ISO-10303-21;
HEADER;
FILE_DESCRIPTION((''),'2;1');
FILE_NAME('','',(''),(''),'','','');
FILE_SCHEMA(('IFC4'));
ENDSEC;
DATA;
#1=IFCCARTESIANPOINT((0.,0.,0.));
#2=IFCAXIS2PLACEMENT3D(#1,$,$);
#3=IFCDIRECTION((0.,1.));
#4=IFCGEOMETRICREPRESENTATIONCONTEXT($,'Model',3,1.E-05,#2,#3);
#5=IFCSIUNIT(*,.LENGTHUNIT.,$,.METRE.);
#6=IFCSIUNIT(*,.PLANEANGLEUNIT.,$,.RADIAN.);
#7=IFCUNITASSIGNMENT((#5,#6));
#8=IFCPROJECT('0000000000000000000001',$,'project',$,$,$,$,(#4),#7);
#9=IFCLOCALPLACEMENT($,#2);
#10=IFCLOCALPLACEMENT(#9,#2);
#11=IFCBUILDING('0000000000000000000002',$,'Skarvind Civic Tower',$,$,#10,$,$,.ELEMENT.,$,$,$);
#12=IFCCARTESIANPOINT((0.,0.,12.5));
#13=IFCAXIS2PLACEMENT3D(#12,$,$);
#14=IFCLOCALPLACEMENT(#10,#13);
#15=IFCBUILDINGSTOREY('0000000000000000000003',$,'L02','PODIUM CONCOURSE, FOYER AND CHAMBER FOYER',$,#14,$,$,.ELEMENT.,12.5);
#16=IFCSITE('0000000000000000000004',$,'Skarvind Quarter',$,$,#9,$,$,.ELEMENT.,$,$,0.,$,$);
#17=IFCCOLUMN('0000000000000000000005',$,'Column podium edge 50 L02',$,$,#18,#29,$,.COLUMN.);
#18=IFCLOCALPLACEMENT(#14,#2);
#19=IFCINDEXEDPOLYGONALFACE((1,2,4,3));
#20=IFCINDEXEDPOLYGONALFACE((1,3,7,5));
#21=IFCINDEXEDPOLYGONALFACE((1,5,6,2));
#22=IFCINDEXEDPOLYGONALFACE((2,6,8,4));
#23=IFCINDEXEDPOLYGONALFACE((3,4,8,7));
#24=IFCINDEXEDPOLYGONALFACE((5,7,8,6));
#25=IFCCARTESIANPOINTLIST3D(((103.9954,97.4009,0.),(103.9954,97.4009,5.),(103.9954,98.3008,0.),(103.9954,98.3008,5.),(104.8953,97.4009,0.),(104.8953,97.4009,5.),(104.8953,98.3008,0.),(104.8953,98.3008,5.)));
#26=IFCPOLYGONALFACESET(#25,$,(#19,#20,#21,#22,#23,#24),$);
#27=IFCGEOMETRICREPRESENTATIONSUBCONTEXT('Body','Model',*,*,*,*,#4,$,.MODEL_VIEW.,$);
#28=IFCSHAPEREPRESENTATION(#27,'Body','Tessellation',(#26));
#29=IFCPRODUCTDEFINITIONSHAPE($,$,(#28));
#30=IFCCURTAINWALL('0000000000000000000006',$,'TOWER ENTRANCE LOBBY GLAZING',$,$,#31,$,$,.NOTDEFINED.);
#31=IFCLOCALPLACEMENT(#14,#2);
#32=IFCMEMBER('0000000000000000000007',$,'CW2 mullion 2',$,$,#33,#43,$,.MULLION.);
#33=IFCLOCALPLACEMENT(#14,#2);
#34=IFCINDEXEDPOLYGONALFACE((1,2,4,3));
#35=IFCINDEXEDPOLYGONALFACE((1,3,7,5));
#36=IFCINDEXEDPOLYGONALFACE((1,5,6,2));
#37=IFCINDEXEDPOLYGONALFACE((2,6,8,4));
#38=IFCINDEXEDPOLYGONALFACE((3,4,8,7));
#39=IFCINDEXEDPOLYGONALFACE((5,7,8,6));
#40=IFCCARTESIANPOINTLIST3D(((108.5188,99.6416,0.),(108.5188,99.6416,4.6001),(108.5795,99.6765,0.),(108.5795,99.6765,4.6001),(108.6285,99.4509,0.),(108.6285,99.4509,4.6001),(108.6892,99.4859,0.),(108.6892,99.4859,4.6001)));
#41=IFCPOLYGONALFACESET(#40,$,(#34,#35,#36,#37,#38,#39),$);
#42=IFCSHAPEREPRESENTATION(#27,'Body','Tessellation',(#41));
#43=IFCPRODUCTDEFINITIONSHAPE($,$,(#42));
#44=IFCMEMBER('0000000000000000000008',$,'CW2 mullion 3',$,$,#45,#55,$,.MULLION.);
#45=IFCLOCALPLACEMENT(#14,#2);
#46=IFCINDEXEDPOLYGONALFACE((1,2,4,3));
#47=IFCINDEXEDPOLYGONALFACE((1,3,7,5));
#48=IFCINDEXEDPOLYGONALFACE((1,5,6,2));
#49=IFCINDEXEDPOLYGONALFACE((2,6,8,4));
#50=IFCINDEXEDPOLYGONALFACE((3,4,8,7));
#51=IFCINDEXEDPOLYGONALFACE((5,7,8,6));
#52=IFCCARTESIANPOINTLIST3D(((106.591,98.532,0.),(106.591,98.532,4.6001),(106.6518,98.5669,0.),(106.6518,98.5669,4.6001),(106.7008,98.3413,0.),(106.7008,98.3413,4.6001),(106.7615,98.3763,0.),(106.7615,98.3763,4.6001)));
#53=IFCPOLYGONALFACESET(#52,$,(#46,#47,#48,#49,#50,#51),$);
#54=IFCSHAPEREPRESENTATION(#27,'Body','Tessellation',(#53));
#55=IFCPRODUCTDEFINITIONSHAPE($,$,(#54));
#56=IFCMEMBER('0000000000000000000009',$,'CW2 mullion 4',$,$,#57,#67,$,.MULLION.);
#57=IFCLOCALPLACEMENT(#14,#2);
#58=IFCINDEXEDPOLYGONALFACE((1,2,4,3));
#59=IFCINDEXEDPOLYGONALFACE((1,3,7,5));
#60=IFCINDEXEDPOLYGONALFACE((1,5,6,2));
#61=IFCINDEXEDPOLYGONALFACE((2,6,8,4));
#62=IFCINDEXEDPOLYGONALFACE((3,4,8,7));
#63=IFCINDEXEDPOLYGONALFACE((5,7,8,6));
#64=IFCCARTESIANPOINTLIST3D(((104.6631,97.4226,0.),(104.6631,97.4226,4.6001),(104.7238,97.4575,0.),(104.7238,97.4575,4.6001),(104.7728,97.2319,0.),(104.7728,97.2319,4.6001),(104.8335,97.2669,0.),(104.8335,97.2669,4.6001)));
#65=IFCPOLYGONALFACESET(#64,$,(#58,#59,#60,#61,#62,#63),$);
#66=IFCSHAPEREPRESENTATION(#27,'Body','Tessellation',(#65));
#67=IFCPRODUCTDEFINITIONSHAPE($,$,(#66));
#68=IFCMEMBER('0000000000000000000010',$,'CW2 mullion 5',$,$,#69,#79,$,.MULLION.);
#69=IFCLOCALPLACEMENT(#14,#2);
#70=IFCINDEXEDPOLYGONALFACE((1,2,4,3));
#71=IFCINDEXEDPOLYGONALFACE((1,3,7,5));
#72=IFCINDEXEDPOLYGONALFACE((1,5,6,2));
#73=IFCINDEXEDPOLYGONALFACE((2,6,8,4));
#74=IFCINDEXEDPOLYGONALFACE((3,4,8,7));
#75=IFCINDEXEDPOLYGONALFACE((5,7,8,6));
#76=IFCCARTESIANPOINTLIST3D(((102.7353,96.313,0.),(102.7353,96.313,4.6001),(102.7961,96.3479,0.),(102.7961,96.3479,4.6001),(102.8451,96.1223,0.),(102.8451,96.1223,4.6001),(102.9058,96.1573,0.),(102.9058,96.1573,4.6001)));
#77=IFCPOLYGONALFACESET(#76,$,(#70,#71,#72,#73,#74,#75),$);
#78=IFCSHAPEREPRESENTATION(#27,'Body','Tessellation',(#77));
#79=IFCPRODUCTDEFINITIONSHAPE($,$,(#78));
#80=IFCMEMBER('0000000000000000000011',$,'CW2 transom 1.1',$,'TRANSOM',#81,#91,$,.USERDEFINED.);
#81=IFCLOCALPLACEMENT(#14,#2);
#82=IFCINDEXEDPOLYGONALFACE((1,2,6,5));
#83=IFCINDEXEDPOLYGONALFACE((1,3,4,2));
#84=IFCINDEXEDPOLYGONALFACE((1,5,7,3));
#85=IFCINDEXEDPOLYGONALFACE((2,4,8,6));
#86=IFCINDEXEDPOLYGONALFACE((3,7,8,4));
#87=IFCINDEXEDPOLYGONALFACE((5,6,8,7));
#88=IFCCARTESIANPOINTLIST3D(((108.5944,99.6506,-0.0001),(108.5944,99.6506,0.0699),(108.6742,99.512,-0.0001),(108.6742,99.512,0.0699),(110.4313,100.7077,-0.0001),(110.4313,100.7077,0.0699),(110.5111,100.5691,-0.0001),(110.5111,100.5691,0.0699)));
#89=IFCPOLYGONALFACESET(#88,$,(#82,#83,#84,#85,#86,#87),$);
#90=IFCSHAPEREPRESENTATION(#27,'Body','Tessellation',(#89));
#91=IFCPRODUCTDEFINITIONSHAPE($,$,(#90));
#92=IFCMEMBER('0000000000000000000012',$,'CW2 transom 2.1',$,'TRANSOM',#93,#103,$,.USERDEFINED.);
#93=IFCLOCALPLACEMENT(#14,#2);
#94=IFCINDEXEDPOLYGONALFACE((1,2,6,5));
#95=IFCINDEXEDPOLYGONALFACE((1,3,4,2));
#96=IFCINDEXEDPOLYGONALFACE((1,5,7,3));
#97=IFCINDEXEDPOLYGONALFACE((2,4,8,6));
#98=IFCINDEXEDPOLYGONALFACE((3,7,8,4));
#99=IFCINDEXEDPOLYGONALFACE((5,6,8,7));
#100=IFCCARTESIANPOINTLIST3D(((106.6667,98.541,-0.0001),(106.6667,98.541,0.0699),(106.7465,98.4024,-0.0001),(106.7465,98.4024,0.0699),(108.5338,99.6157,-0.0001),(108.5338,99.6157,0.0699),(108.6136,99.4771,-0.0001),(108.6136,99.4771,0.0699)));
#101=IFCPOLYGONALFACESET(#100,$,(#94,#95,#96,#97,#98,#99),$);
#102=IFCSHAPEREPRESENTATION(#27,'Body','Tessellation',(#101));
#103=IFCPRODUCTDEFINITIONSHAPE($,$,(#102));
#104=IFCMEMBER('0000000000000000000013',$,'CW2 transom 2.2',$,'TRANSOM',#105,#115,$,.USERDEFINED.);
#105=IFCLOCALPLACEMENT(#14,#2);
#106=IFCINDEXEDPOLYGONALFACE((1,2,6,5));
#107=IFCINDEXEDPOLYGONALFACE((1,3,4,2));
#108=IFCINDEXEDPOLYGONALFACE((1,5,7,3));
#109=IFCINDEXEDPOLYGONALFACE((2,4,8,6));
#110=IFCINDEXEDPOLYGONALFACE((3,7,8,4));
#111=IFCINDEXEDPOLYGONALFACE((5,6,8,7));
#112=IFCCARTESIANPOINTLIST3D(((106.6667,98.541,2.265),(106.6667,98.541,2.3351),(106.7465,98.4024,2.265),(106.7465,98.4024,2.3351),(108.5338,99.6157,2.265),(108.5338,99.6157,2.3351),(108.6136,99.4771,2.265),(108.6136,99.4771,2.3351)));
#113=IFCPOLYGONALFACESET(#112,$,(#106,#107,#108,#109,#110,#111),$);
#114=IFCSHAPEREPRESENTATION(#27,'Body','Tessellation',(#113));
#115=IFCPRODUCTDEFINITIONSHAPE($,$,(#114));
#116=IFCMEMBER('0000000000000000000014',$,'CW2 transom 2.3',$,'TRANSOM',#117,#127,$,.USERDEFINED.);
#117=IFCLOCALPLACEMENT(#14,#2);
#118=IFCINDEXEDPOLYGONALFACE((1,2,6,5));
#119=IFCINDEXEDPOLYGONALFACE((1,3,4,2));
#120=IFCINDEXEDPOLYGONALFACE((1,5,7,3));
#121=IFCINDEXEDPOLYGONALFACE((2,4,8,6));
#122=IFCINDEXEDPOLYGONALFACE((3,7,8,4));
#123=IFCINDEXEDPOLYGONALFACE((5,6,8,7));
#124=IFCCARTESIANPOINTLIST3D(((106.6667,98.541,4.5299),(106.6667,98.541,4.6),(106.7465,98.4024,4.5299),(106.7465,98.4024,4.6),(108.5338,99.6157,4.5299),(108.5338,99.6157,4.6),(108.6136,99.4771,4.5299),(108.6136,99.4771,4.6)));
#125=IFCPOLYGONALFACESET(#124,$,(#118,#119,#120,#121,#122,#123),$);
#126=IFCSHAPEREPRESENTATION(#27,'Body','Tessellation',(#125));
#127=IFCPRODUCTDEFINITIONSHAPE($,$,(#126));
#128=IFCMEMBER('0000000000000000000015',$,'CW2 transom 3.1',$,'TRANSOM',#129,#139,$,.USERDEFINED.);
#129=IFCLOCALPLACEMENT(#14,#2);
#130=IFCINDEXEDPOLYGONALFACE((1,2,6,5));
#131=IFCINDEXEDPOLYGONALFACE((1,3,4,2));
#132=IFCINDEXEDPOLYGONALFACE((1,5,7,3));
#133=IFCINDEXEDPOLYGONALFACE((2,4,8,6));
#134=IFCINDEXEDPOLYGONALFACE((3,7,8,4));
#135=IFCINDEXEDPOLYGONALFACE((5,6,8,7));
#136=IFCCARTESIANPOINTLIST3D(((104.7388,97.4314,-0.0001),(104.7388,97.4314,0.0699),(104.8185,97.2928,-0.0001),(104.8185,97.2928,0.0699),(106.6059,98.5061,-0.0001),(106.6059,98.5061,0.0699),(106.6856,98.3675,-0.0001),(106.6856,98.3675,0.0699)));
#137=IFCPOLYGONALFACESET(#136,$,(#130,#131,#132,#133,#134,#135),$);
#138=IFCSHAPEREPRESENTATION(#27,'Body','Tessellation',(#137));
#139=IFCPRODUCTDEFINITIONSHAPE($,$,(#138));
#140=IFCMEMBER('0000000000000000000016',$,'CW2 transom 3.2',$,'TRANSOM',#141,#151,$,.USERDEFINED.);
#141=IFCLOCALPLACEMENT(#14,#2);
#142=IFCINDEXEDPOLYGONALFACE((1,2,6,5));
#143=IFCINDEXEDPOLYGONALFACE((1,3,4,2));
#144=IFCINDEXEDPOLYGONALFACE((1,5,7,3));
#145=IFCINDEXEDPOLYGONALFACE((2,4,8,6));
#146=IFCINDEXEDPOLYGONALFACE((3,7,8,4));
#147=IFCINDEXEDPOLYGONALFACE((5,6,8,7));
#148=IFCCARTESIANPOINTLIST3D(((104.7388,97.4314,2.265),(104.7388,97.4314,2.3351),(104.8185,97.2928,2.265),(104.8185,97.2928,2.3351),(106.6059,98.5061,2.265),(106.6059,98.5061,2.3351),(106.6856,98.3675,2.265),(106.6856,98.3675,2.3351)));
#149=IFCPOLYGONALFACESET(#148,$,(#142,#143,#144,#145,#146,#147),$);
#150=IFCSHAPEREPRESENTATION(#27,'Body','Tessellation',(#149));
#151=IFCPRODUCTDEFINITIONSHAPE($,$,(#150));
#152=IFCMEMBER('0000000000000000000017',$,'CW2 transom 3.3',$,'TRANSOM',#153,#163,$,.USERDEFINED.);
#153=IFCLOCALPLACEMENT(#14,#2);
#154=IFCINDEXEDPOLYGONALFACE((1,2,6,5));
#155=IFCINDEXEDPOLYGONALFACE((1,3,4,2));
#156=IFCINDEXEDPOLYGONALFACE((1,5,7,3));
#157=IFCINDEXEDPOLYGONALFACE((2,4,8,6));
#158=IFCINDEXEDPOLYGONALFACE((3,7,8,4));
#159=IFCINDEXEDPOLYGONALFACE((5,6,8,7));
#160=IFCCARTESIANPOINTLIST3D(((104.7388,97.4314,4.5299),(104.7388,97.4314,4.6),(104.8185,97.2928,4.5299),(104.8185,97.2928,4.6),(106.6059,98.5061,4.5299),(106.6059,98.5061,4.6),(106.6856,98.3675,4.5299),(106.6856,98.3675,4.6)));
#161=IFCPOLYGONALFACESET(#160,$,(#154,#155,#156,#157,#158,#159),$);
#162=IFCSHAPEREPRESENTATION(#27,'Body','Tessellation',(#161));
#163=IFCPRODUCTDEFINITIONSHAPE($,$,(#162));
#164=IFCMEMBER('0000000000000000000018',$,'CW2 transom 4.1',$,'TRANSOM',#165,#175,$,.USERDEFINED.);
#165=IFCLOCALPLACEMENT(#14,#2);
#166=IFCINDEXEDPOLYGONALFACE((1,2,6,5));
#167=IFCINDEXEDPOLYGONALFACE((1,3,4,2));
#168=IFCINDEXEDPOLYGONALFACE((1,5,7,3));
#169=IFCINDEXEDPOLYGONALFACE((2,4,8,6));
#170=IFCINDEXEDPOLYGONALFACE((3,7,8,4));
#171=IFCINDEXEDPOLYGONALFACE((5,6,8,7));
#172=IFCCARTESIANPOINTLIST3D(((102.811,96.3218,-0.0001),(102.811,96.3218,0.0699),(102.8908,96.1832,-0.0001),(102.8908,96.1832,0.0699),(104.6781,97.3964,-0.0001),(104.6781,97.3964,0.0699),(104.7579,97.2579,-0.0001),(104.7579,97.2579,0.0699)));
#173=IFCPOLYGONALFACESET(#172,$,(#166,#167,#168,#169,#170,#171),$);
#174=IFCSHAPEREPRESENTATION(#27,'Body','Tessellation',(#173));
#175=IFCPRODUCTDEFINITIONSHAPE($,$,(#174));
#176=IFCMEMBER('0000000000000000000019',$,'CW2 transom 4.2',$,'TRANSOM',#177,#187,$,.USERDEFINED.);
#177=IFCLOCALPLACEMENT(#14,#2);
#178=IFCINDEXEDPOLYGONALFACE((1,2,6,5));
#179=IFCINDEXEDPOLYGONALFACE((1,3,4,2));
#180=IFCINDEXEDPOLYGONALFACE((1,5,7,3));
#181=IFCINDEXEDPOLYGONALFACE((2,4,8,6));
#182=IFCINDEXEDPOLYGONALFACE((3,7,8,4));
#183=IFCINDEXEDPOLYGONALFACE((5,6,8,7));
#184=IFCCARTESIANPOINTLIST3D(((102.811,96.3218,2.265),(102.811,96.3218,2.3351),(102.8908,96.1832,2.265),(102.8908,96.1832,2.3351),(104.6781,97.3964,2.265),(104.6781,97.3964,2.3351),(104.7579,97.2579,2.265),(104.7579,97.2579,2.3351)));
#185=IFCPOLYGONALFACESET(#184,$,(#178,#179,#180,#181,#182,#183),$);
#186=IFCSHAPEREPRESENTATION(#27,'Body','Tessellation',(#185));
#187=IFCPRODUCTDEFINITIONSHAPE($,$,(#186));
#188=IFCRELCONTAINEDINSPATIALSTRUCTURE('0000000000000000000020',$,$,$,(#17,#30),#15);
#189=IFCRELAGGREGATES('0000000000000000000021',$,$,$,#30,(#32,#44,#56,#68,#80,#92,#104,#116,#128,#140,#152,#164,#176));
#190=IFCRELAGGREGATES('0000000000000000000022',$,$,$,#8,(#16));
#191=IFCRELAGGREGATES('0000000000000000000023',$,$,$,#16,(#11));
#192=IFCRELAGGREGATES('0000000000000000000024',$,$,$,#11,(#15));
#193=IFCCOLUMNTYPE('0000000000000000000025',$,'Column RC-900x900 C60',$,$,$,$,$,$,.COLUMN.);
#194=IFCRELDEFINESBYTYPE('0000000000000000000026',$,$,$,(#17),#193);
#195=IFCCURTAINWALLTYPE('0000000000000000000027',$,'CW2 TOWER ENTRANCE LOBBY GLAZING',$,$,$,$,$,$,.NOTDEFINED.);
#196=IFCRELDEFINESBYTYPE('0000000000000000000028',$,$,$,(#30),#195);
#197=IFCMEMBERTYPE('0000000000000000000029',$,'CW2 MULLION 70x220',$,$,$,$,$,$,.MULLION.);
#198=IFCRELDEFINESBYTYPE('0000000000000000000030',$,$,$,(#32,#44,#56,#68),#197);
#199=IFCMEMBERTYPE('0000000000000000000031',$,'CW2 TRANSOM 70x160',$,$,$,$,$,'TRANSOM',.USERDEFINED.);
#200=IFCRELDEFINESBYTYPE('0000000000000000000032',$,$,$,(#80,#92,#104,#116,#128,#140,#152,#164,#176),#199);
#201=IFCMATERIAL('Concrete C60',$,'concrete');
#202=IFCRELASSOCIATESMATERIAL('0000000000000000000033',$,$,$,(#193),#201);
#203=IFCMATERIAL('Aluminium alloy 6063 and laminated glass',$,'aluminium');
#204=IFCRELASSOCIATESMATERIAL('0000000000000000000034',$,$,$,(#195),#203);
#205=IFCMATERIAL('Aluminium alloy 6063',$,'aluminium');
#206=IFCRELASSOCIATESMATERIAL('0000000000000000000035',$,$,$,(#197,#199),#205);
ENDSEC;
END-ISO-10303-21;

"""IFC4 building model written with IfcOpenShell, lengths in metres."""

from ifc_helpers import new_model, si_unit, direction, frame, origin, origin_2d, place, context, subcontext, project, spatial, rectangle, extrude, material, material_profile, profile_set, type_object, element, aggregate, save


model = new_model("IFC4")

# Units and contexts
model_context = context("Model", 3, precision=1e-05, world=origin(), true_north=direction((0.0, 1.0)))
body_context = subcontext(model_context, "Body", "Model", "MODEL_VIEW")
ifc_project = project(units=[si_unit("LENGTHUNIT", "METRE"), si_unit("PLANEANGLEUNIT", "RADIAN")], contexts=[model_context])

# Site, building, storey
site_placement = place(None, origin())
site = spatial("IfcSite", under=ifc_project, at=site_placement, Name="Skarvind Quarter", CompositionType="ELEMENT", RefElevation=0.0)
building_placement = place(site_placement, origin())
building = spatial("IfcBuilding", under=site, at=building_placement, Name="Skarvind Civic Tower", CompositionType="ELEMENT")
storey_placement = place(building_placement, frame((0.0, 0.0, 12.5)))
storey = spatial("IfcBuildingStorey", under=building, at=storey_placement, Name="L02", Description="PODIUM CONCOURSE, FOYER AND CHAMBER FOYER", CompositionType="ELEMENT", Elevation=12.5)

# Column
ifc_material_1 = material(Name="Concrete C60", Category="concrete")
ifc_material_profile_1 = material_profile(ifc_material_1, rectangle(XDim=0.8999, YDim=0.8999, at=origin_2d()), Name="RC-900x900")
ifc_profile_set_1 = profile_set([ifc_material_profile_1], Name="Concrete C60")
column_type = type_object("IfcColumnType", Name="Column RC-900x900 C60", PredefinedType="COLUMN", material=ifc_profile_set_1)
column_placement = place(storey_placement, frame((104.4453, 97.8508, 0.0), z_axis=(0.0, 0.0, 1.0), x_axis=(1.0, 0.0, 0.0)))
element("IfcColumn", 1, at=column_placement, inside=storey, type_object=column_type, Name="Column podium edge 50 L02", PredefinedType="COLUMN", context=body_context, shape_type="SweptSolid", body=[
    extrude(rectangle(XDim=0.8999, YDim=0.8999, at=origin_2d()), origin(), (0.0, 0.0, 1.0), 5.0),
])

# Curtain wall, members
ifc_material_2 = material(Name="Aluminium alloy 6063 and laminated glass", Category="aluminium")
curtain_wall_type = type_object("IfcCurtainWallType", Name="CW2 TOWER ENTRANCE LOBBY GLAZING", PredefinedType="NOTDEFINED", material=ifc_material_2)
curtain_wall_placement = place(storey_placement, origin())
curtain_wall = element("IfcCurtainWall", 2, at=curtain_wall_placement, inside=storey, type_object=curtain_wall_type, Name="TOWER ENTRANCE LOBBY GLAZING", PredefinedType="NOTDEFINED")
ifc_material_3 = material(Name="Aluminium alloy 6063", Category="aluminium")
ifc_material_profile_2 = material_profile(ifc_material_3, rectangle(XDim=0.22, YDim=0.0701, at=origin_2d()), Name="AL 70x220")
ifc_profile_set_2 = profile_set([ifc_material_profile_2], Name="Aluminium alloy 6063")
member_type_1 = type_object("IfcMemberType", Name="CW2 MULLION 70x220", PredefinedType="MULLION", material=ifc_profile_set_2)
member_1_placement = place(storey_placement, frame((108.604, 99.5637, 0.0), z_axis=(0.0, 0.0, 1.0), x_axis=(0.498825, -0.866702, 0.0)))
member_1 = element("IfcMember", 3, at=member_1_placement, type_object=member_type_1, Name="CW2 mullion 2", PredefinedType="MULLION", context=body_context, shape_type="SweptSolid", body=[
    extrude(rectangle(XDim=0.22, YDim=0.0701, at=origin_2d()), origin(), (0.0, 0.0, 1.0), 4.6001),
])
member_2_placement = place(storey_placement, frame((106.6763, 98.4541, 0.0), z_axis=(0.0, 0.0, 1.0), x_axis=(0.498825, -0.866702, 0.0)))
member_2 = element("IfcMember", 4, at=member_2_placement, type_object=member_type_1, Name="CW2 mullion 3", PredefinedType="MULLION", context=body_context, shape_type="SweptSolid", body=[
    extrude(rectangle(XDim=0.22, YDim=0.0701, at=origin_2d()), origin(), (0.0, 0.0, 1.0), 4.6001),
])
member_3_placement = place(storey_placement, frame((104.7483, 97.3447, 0.0), z_axis=(0.0, 0.0, 1.0), x_axis=(0.498825, -0.866702, 0.0)))
member_3 = element("IfcMember", 5, at=member_3_placement, type_object=member_type_1, Name="CW2 mullion 4", PredefinedType="MULLION", context=body_context, shape_type="SweptSolid", body=[
    extrude(rectangle(XDim=0.22, YDim=0.0701, at=origin_2d()), origin(), (0.0, 0.0, 1.0), 4.6001),
])
member_4_placement = place(storey_placement, frame((102.8206, 96.2351, 0.0), z_axis=(0.0, 0.0, 1.0), x_axis=(0.498825, -0.866702, 0.0)))
member_4 = element("IfcMember", 6, at=member_4_placement, type_object=member_type_1, Name="CW2 mullion 5", PredefinedType="MULLION", context=body_context, shape_type="SweptSolid", body=[
    extrude(rectangle(XDim=0.22, YDim=0.0701, at=origin_2d()), origin(), (0.0, 0.0, 1.0), 4.6001),
])
ifc_material_profile_3 = material_profile(ifc_material_3, rectangle(XDim=0.1599, YDim=0.0701, at=origin_2d()), Name="AL 70x160")
ifc_profile_set_3 = profile_set([ifc_material_profile_3], Name="Aluminium alloy 6063")
member_type_2 = type_object("IfcMemberType", Name="CW2 TRANSOM 70x160", ElementType="TRANSOM", PredefinedType="USERDEFINED", material=ifc_profile_set_3)
member_5_placement = place(storey_placement, frame((110.4712, 100.6384, 0.0349), z_axis=(-0.866722, -0.498791, 0.0), x_axis=(0.498791, -0.866722, 0.0)))
member_5 = element("IfcMember", 7, at=member_5_placement, type_object=member_type_2, Name="CW2 transom 1.1", ObjectType="TRANSOM", PredefinedType="USERDEFINED", context=body_context, shape_type="SweptSolid", body=[
    extrude(rectangle(XDim=0.1599, YDim=0.0701, at=origin_2d()), origin(), (0.0, 0.0, 1.0), 2.1194),
])
member_6_placement = place(storey_placement, frame((108.5737, 99.5464, 0.0349), z_axis=(-0.866691, -0.498846, 0.0), x_axis=(0.498846, -0.866691, 0.0)))
member_6 = element("IfcMember", 8, at=member_6_placement, type_object=member_type_2, Name="CW2 transom 2.1", ObjectType="TRANSOM", PredefinedType="USERDEFINED", context=body_context, shape_type="SweptSolid", body=[
    extrude(rectangle(XDim=0.1599, YDim=0.0701, at=origin_2d()), origin(), (0.0, 0.0, 1.0), 2.1543),
])
member_7_placement = place(storey_placement, frame((108.5737, 99.5464, 2.3), z_axis=(-0.866691, -0.498846, 0.0), x_axis=(0.498846, -0.866691, 0.0)))
member_7 = element("IfcMember", 9, at=member_7_placement, type_object=member_type_2, Name="CW2 transom 2.2", ObjectType="TRANSOM", PredefinedType="USERDEFINED", context=body_context, shape_type="SweptSolid", body=[
    extrude(rectangle(XDim=0.1599, YDim=0.0701, at=origin_2d()), origin(), (0.0, 0.0, 1.0), 2.1543),
])
member_8_placement = place(storey_placement, frame((108.5737, 99.5464, 4.5649), z_axis=(-0.866691, -0.498846, 0.0), x_axis=(0.498846, -0.866691, 0.0)))
member_8 = element("IfcMember", 10, at=member_8_placement, type_object=member_type_2, Name="CW2 transom 2.3", ObjectType="TRANSOM", PredefinedType="USERDEFINED", context=body_context, shape_type="SweptSolid", body=[
    extrude(rectangle(XDim=0.1599, YDim=0.0701, at=origin_2d()), origin(), (0.0, 0.0, 1.0), 2.1543),
])
member_9_placement = place(storey_placement, frame((106.6458, 98.4368, 0.0349), z_axis=(-0.866691, -0.498846, 0.0), x_axis=(0.498846, -0.866691, 0.0)))
member_9 = element("IfcMember", 11, at=member_9_placement, type_object=member_type_2, Name="CW2 transom 3.1", ObjectType="TRANSOM", PredefinedType="USERDEFINED", context=body_context, shape_type="SweptSolid", body=[
    extrude(rectangle(XDim=0.1599, YDim=0.0701, at=origin_2d()), origin(), (0.0, 0.0, 1.0), 2.1543),
])
member_10_placement = place(storey_placement, frame((106.6458, 98.4368, 2.3), z_axis=(-0.866691, -0.498846, 0.0), x_axis=(0.498846, -0.866691, 0.0)))
member_10 = element("IfcMember", 12, at=member_10_placement, type_object=member_type_2, Name="CW2 transom 3.2", ObjectType="TRANSOM", PredefinedType="USERDEFINED", context=body_context, shape_type="SweptSolid", body=[
    extrude(rectangle(XDim=0.1599, YDim=0.0701, at=origin_2d()), origin(), (0.0, 0.0, 1.0), 2.1543),
])
member_11_placement = place(storey_placement, frame((106.6458, 98.4368, 4.5649), z_axis=(-0.866691, -0.498846, 0.0), x_axis=(0.498846, -0.866691, 0.0)))
member_11 = element("IfcMember", 13, at=member_11_placement, type_object=member_type_2, Name="CW2 transom 3.3", ObjectType="TRANSOM", PredefinedType="USERDEFINED", context=body_context, shape_type="SweptSolid", body=[
    extrude(rectangle(XDim=0.1599, YDim=0.0701, at=origin_2d()), origin(), (0.0, 0.0, 1.0), 2.1543),
])
member_12_placement = place(storey_placement, frame((104.718, 97.3271, 0.0349), z_axis=(-0.866691, -0.498846, 0.0), x_axis=(0.498846, -0.866691, 0.0)))
member_12 = element("IfcMember", 14, at=member_12_placement, type_object=member_type_2, Name="CW2 transom 4.1", ObjectType="TRANSOM", PredefinedType="USERDEFINED", context=body_context, shape_type="SweptSolid", body=[
    extrude(rectangle(XDim=0.1599, YDim=0.0701, at=origin_2d()), origin(), (0.0, 0.0, 1.0), 2.1543),
])
member_13_placement = place(storey_placement, frame((104.718, 97.3271, 2.3), z_axis=(-0.866691, -0.498846, 0.0), x_axis=(0.498846, -0.866691, 0.0)))
member_13 = element("IfcMember", 15, at=member_13_placement, type_object=member_type_2, Name="CW2 transom 4.2", ObjectType="TRANSOM", PredefinedType="USERDEFINED", context=body_context, shape_type="SweptSolid", body=[
    extrude(rectangle(XDim=0.1599, YDim=0.0701, at=origin_2d()), origin(), (0.0, 0.0, 1.0), 2.1543),
])
aggregate(curtain_wall, [member_1, member_2, member_3, member_4, member_5, member_6, member_7, member_8, member_9, member_10, member_11, member_12, member_13])

save(model, "model.ifc")
